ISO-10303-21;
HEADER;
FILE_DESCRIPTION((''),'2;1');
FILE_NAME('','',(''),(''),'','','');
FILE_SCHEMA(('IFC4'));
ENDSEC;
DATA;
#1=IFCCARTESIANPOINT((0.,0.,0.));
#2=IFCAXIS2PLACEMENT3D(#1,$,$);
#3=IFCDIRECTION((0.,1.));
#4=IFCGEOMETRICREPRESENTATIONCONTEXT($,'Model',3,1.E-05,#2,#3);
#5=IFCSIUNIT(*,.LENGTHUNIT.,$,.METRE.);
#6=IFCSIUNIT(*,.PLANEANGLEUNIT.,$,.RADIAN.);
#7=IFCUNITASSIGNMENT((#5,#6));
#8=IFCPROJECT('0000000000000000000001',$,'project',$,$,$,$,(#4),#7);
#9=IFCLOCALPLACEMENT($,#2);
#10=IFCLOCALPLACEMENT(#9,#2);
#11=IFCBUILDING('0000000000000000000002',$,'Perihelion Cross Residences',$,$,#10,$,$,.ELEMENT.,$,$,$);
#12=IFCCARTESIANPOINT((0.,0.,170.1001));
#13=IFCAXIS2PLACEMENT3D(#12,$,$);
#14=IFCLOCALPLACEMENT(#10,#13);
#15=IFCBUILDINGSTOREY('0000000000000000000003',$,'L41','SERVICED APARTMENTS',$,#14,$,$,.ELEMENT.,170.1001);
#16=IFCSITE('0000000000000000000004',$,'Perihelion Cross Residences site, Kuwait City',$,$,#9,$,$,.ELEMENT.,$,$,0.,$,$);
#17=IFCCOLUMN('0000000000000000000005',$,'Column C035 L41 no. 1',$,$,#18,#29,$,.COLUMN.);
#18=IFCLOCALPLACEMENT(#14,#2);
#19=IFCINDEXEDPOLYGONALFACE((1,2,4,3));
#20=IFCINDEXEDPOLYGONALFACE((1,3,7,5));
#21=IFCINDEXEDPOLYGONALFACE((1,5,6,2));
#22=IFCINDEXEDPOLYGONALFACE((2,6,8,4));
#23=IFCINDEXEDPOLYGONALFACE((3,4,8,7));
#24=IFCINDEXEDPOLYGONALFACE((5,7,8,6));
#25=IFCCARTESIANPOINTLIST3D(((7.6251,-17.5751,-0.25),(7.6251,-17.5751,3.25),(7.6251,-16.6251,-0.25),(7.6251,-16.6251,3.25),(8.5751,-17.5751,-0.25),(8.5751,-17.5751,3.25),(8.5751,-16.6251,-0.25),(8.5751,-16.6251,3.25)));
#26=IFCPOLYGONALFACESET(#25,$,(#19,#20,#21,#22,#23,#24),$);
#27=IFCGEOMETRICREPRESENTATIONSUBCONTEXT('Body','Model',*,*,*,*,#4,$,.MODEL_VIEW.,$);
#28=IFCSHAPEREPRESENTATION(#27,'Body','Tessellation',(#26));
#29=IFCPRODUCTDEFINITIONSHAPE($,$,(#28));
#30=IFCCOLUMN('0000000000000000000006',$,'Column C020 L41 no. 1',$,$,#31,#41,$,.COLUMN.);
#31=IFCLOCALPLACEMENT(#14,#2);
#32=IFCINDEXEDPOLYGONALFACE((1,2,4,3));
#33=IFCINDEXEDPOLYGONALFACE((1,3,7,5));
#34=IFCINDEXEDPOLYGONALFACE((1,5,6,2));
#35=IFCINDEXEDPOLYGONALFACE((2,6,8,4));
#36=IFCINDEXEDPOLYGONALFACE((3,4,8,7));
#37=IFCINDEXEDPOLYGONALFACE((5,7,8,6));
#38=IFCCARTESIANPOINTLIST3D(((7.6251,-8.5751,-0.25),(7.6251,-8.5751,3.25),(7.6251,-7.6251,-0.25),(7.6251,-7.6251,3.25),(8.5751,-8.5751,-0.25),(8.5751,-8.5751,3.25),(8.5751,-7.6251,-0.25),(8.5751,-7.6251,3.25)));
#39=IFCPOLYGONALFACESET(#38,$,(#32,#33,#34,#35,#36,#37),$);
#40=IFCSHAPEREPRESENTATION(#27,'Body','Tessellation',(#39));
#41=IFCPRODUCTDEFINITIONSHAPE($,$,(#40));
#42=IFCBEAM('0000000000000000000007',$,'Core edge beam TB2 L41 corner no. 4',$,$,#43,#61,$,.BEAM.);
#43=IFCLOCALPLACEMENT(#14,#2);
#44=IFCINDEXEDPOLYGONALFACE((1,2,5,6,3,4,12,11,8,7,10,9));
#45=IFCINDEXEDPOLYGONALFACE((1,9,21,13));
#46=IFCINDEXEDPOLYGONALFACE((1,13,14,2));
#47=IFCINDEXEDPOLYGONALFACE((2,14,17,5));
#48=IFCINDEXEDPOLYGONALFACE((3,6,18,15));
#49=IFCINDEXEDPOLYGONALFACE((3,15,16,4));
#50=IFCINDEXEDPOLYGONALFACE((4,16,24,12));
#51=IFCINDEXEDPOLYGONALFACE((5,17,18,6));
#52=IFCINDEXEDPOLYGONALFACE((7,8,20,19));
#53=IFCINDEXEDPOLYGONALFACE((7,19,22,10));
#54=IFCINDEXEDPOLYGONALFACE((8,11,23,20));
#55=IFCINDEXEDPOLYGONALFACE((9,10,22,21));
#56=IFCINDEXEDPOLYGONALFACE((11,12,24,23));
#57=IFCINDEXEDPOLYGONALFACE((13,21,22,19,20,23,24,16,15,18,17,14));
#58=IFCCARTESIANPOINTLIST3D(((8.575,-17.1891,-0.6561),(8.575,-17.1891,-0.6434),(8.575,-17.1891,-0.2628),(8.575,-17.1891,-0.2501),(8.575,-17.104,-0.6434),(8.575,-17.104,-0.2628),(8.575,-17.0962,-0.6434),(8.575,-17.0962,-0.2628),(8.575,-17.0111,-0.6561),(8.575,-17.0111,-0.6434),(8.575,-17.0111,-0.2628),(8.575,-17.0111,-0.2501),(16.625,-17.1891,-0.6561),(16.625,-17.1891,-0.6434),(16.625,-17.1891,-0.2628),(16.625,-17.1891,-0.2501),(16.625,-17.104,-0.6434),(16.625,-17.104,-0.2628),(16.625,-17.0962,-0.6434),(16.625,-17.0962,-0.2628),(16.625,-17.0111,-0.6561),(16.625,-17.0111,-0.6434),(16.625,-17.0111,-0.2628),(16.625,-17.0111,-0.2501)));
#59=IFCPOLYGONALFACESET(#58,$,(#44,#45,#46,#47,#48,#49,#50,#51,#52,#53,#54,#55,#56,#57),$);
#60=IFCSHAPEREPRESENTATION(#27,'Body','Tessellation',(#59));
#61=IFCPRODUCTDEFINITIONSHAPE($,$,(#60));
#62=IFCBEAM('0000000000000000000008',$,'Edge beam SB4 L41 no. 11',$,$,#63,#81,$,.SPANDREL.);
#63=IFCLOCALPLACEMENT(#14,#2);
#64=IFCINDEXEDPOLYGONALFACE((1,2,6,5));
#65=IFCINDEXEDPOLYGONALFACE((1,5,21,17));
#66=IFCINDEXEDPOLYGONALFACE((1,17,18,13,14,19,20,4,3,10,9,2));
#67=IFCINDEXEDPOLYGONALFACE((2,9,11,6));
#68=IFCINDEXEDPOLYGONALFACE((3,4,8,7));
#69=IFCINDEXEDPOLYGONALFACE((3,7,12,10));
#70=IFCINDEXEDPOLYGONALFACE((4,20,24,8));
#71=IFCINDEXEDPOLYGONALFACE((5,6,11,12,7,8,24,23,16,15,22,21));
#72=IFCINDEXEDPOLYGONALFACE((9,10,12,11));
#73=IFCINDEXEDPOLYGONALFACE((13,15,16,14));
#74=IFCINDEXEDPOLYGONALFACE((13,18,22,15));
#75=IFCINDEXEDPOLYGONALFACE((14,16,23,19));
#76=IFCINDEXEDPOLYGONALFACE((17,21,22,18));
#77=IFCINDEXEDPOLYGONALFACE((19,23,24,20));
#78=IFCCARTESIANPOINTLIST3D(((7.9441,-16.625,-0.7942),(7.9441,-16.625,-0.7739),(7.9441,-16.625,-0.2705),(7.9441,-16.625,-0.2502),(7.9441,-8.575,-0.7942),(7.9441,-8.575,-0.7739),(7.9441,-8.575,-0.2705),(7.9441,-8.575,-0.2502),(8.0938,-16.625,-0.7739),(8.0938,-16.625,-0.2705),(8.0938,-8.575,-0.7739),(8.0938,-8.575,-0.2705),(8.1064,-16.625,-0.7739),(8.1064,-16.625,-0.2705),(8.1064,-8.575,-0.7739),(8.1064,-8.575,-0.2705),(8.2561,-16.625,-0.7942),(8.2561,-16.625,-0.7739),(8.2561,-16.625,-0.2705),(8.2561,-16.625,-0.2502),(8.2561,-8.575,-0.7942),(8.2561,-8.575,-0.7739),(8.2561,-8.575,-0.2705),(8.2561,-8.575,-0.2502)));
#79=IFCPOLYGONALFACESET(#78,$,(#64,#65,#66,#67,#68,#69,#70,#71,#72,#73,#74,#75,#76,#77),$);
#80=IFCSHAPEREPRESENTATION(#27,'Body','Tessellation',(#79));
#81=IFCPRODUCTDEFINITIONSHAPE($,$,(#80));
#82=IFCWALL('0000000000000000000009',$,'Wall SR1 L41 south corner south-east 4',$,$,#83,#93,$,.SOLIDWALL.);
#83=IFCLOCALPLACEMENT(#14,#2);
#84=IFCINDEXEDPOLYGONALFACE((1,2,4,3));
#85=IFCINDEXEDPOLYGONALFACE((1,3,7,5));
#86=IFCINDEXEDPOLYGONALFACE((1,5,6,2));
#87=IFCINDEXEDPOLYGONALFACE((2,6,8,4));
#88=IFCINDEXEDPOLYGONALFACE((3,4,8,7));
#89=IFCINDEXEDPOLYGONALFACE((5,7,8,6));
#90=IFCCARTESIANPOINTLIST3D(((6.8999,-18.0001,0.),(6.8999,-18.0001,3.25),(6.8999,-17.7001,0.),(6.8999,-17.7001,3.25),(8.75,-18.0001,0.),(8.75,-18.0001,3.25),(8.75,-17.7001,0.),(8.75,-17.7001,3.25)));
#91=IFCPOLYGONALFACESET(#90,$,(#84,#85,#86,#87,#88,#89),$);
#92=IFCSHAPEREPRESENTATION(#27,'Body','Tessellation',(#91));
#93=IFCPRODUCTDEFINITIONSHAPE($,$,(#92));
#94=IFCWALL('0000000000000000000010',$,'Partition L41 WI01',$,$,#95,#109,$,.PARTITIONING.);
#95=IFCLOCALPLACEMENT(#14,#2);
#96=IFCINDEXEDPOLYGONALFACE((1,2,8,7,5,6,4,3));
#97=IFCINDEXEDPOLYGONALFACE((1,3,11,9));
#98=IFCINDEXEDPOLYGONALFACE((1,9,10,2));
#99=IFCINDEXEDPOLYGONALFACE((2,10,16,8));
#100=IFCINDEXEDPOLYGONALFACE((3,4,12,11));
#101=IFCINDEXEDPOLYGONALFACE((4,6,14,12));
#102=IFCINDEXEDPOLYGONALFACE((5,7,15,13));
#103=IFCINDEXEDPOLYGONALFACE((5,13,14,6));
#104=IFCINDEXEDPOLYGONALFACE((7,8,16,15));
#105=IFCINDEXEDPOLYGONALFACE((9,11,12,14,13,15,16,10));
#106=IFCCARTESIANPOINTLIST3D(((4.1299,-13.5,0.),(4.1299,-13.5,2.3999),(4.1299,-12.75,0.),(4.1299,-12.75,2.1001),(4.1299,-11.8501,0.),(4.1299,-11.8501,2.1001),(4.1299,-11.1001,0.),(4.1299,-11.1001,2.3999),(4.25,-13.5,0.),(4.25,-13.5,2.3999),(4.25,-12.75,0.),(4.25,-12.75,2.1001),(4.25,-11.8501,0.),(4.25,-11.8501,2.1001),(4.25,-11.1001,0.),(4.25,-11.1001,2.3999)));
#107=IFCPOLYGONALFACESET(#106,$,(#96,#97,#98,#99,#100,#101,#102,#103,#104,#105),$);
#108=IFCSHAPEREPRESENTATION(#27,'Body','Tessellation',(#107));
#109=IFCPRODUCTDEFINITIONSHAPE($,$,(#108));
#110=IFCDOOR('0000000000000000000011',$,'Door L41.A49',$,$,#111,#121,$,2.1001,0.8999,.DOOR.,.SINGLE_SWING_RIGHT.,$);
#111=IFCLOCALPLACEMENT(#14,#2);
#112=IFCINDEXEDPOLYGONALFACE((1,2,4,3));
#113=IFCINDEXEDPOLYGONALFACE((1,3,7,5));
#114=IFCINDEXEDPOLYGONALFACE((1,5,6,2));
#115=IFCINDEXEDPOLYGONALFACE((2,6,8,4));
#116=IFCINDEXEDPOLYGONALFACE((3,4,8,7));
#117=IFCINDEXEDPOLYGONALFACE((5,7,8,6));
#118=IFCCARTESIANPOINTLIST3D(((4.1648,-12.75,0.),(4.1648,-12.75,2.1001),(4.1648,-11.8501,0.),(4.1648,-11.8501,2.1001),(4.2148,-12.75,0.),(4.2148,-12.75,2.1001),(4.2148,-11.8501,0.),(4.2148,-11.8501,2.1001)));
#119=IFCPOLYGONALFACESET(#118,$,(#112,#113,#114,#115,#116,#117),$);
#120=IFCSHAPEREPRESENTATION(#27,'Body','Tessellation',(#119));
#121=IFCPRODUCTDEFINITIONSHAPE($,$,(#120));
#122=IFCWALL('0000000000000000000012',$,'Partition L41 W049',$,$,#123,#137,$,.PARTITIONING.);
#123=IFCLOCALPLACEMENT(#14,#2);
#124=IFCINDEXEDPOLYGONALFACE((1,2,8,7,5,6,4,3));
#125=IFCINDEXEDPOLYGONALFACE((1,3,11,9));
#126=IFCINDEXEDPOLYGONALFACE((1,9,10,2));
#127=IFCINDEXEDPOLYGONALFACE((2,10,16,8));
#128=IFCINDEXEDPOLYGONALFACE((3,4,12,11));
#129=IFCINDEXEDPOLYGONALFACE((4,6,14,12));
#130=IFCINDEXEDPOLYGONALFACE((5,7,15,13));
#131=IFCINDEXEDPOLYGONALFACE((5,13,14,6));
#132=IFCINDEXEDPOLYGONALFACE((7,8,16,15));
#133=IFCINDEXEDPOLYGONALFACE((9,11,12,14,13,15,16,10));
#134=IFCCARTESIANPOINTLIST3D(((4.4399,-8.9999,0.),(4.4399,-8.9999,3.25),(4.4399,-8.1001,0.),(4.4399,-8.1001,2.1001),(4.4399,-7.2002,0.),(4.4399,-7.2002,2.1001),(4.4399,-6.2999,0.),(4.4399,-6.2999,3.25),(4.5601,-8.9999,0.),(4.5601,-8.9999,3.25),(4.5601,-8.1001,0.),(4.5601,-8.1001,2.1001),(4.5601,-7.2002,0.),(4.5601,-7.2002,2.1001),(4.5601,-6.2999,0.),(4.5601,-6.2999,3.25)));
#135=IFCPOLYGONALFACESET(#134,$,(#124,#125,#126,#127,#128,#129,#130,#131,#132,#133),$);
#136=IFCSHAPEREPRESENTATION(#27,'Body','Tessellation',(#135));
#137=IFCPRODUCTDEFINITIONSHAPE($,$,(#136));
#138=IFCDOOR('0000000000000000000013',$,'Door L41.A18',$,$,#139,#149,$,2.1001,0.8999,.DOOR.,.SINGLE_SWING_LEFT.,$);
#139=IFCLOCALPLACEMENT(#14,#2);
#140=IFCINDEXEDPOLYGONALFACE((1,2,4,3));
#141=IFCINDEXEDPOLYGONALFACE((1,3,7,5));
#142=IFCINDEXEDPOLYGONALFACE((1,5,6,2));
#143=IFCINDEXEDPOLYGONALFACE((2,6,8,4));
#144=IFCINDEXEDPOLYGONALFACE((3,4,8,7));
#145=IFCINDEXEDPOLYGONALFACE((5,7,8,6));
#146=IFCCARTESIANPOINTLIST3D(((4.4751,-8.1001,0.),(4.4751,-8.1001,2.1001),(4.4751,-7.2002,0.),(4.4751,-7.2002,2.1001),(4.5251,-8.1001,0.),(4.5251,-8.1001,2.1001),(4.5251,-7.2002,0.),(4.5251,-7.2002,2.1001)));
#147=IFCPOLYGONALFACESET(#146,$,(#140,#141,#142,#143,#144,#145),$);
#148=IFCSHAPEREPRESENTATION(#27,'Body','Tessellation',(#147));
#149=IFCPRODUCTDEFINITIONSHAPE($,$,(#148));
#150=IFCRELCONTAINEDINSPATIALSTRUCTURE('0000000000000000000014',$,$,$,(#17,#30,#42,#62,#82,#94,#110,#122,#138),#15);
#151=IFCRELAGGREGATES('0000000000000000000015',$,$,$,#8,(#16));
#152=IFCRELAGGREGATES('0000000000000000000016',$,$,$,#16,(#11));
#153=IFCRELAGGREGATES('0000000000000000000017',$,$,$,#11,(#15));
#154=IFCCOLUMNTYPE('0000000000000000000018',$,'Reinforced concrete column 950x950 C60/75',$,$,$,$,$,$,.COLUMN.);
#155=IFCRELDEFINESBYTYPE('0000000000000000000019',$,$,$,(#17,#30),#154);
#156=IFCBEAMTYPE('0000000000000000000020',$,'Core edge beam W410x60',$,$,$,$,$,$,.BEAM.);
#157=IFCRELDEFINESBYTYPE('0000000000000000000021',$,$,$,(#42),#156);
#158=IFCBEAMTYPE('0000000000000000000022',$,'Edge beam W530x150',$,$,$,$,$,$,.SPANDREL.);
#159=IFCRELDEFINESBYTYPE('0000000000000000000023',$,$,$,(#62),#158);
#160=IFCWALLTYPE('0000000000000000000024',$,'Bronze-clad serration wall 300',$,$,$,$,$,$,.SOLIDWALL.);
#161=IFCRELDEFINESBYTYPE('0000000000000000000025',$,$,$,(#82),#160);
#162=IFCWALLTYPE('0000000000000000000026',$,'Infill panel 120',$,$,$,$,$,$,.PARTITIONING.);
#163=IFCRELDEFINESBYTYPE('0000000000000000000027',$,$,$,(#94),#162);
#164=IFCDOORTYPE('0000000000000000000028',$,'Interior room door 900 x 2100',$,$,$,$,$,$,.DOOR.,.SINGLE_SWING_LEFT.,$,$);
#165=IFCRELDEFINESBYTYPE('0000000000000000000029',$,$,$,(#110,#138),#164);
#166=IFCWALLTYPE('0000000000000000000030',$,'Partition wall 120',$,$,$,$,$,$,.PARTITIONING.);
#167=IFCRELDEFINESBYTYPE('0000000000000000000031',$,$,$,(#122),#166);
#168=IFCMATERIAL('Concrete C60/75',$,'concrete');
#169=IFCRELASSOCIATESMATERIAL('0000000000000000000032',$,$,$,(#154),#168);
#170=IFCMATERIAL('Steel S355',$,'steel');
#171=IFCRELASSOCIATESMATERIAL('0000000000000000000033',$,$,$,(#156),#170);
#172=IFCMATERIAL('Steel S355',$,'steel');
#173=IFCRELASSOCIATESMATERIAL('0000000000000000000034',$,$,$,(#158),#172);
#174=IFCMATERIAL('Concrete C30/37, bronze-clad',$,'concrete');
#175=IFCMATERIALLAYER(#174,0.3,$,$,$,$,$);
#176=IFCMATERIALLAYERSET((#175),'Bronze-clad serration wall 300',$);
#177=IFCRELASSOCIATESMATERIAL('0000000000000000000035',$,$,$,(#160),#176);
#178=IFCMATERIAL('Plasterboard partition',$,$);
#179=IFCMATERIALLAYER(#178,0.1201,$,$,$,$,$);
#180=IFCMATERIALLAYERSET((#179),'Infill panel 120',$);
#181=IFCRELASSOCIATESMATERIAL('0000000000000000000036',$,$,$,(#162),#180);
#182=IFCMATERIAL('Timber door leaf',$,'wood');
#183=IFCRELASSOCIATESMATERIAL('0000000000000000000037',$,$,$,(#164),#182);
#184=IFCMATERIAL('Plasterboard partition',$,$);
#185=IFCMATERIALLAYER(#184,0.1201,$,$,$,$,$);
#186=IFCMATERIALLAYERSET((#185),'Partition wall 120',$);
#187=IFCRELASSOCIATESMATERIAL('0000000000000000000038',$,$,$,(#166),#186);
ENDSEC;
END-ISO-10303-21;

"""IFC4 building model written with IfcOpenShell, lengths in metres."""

from ifc_helpers import new_model, si_unit, direction, frame, frame_2d, origin, origin_2d, place, context, subcontext, project, spatial, rectangle, i_section, extrude, material, layer, layer_set, material_profile, profile_set, type_object, element, fill, save


model = new_model("IFC4")

# Units and contexts
model_context = context("Model", 3, precision=1e-05, world=origin(), true_north=direction((0.0, 1.0)))
body_context = subcontext(model_context, "Body", "Model", "MODEL_VIEW")
ifc_project = project(units=[si_unit("LENGTHUNIT", "METRE"), si_unit("PLANEANGLEUNIT", "RADIAN")], contexts=[model_context])

# Site, building, storey
site_placement = place(None, origin())
site = spatial("IfcSite", under=ifc_project, at=site_placement, Name="Perihelion Cross Residences site, Kuwait City", CompositionType="ELEMENT", RefElevation=0.0)
building_placement = place(site_placement, origin())
building = spatial("IfcBuilding", under=site, at=building_placement, Name="Perihelion Cross Residences", CompositionType="ELEMENT")
storey_placement = place(building_placement, frame((0.0, 0.0, 170.1001)))
storey = spatial("IfcBuildingStorey", under=building, at=storey_placement, Name="L41", Description="SERVICED APARTMENTS", CompositionType="ELEMENT", Elevation=170.1001)

# Columns
ifc_material_1 = material(Name="Concrete C60/75", Category="concrete")
ifc_material_profile_1 = material_profile(ifc_material_1, rectangle(XDim=0.95, YDim=0.95, at=origin_2d()), Name="RC 950x950")
ifc_profile_set_1 = profile_set([ifc_material_profile_1], Name="Concrete C60/75")
column_type = type_object("IfcColumnType", Name="Reinforced concrete column 950x950 C60/75", PredefinedType="COLUMN", material=ifc_profile_set_1)
for number, where, z_axis, x_axis, name in (
    (1, (8.1001, -17.1001, -0.25), (0.0, 0.0, 1.0), (1.0, 0.0, 0.0), "Column C035 L41 no. 1"),
    (2, (8.1001, -8.1001, -0.25), (0.0, 0.0, 1.0), (1.0, 0.0, 0.0), "Column C020 L41 no. 1"),
):
    element("IfcColumn", number, at=place(storey_placement, frame(where, z_axis=z_axis, x_axis=x_axis)), inside=storey, type_object=column_type, Name=name, PredefinedType="COLUMN", context=body_context, shape_type="SweptSolid", body=[
        extrude(rectangle(XDim=0.95, YDim=0.95, at=origin_2d()), origin(), (0.0, 0.0, 1.0), 3.5),
    ])

# Beams
ifc_material_2 = material(Name="Steel S355", Category="steel")
ifc_material_profile_2 = material_profile(ifc_material_2, i_section(OverallWidth=0.178, OverallDepth=0.406, WebThickness=0.0078, FlangeThickness=0.0127, at=origin_2d()), Name="W410x60")
ifc_profile_set_2 = profile_set([ifc_material_profile_2], Name="Steel S355")
beam_type_1 = type_object("IfcBeamType", Name="Core edge beam W410x60", PredefinedType="BEAM", material=ifc_profile_set_2)
beam_1_placement = place(storey_placement, frame((8.575, -17.1001, -0.4531), z_axis=(1.0, 0.0, 0.0), x_axis=(0.0, 1.0, 0.0)))
element("IfcBeam", 3, at=beam_1_placement, inside=storey, type_object=beam_type_1, Name="Core edge beam TB2 L41 corner no. 4", PredefinedType="BEAM", context=body_context, shape_type="SweptSolid", body=[
    extrude(i_section(OverallWidth=0.178, OverallDepth=0.406, WebThickness=0.0078, FlangeThickness=0.0127, at=origin_2d()), origin(), (0.0, 0.0, 1.0), 8.05),
])
ifc_material_3 = material(Name="Steel S355", Category="steel")
ifc_material_profile_3 = material_profile(ifc_material_3, i_section(OverallWidth=0.312, OverallDepth=0.5439, WebThickness=0.0127, FlangeThickness=0.0203, at=origin_2d()), Name="W530x150")
ifc_profile_set_3 = profile_set([ifc_material_profile_3], Name="Steel S355")
beam_type_2 = type_object("IfcBeamType", Name="Edge beam W530x150", PredefinedType="SPANDREL", material=ifc_profile_set_3)
beam_2_placement = place(storey_placement, frame((8.1001, -16.625, -0.5222), z_axis=(0.0, 1.0, 0.0), x_axis=(-1.0, 0.0, 0.0)))
element("IfcBeam", 4, at=beam_2_placement, inside=storey, type_object=beam_type_2, Name="Edge beam SB4 L41 no. 11", PredefinedType="SPANDREL", context=body_context, shape_type="SweptSolid", body=[
    extrude(i_section(OverallWidth=0.312, OverallDepth=0.5439, WebThickness=0.0127, FlangeThickness=0.0203, at=origin_2d()), origin(), (0.0, 0.0, 1.0), 8.05),
])

# Wall
ifc_material_4 = material(Name="Concrete C30/37, bronze-clad", Category="concrete")
ifc_layer_1 = layer(ifc_material_4, 0.3)
ifc_layer_set_1 = layer_set([ifc_layer_1], Name="Bronze-clad serration wall 300")
wall_type_1 = type_object("IfcWallType", Name="Bronze-clad serration wall 300", PredefinedType="SOLIDWALL", material=ifc_layer_set_1)
wall_1_placement = place(storey_placement, frame((6.8999, -17.8501, 0.0), z_axis=(0.0, 0.0, 1.0), x_axis=(1.0, 0.0, 0.0)))
element("IfcWall", 5, at=wall_1_placement, inside=storey, type_object=wall_type_1, Name="Wall SR1 L41 south corner south-east 4", PredefinedType="SOLIDWALL", context=body_context, shape_type="SweptSolid", body=[
    extrude(rectangle(XDim=1.8501, YDim=0.3, at=frame_2d((0.925, 0.0))), origin(), (0.0, 0.0, 1.0), 3.25),
])

# Walls, openings, doors
ifc_material_5 = material(Name="Plasterboard partition")
ifc_layer_2 = layer(ifc_material_5, 0.1201)
ifc_layer_set_2 = layer_set([ifc_layer_2], Name="Infill panel 120")
wall_type_2 = type_object("IfcWallType", Name="Infill panel 120", PredefinedType="PARTITIONING", material=ifc_layer_set_2)
wall_2_placement = place(storey_placement, frame((4.1899, -11.1001, 0.0), z_axis=(0.0, 0.0, 1.0), x_axis=(0.0, -1.0, 0.0)))
wall_2 = element("IfcWall", 6, at=wall_2_placement, inside=storey, type_object=wall_type_2, Name="Partition L41 WI01", PredefinedType="PARTITIONING", context=body_context, shape_type="SweptSolid", body=[
    extrude(rectangle(XDim=2.3999, YDim=0.1201, at=frame_2d((1.2, 0.0))), origin(), (0.0, 0.0, 1.0), 2.3999),
])
opening_1_placement = place(wall_2_placement, frame((0.75, 0.0, 0.0)))
opening_1 = element("IfcOpeningElement", 7, at=opening_1_placement, cuts=wall_2, PredefinedType="OPENING", context=body_context, shape_type="SweptSolid", body=[
    extrude(rectangle(XDim=0.8999, YDim=2.1001, at=frame_2d((0.45, 1.05))), frame((0.0, 0.0701, 0.0), z_axis=(0.0, -1.0, 0.0), x_axis=(1.0, 0.0, 0.0)), (0.0, 0.0, 1.0), 0.1401),
])
ifc_material_6 = material(Name="Timber door leaf", Category="wood")
door_type_1 = type_object("IfcDoorType", Name="Interior room door 900 x 2100", OperationType="SINGLE_SWING_LEFT", PredefinedType="DOOR", material=ifc_material_6)
door_1_placement = place(opening_1_placement, origin())
door_1 = element("IfcDoor", 8, at=door_1_placement, inside=storey, type_object=door_type_1, Name="Door L41.A49", OperationType="SINGLE_SWING_RIGHT", OverallHeight=2.1001, OverallWidth=0.8999, PredefinedType="DOOR", context=body_context, shape_type="SweptSolid", body=[
    extrude(rectangle(XDim=0.8999, YDim=2.1001, at=frame_2d((0.45, 1.05))), frame((0.0, 0.0249, 0.0), z_axis=(0.0, -1.0, 0.0), x_axis=(1.0, 0.0, 0.0)), (0.0, 0.0, 1.0), 0.05),
])
fill(opening_1, door_1)
ifc_material_7 = material(Name="Plasterboard partition")
ifc_layer_3 = layer(ifc_material_7, 0.1201)
ifc_layer_set_3 = layer_set([ifc_layer_3], Name="Partition wall 120")
wall_type_3 = type_object("IfcWallType", Name="Partition wall 120", PredefinedType="PARTITIONING", material=ifc_layer_set_3)
wall_3_placement = place(storey_placement, frame((4.5, -9.0, 0.0), z_axis=(0.0, 0.0, 1.0), x_axis=(0.0, 1.0, 0.0)))
wall_3 = element("IfcWall", 9, at=wall_3_placement, inside=storey, type_object=wall_type_3, Name="Partition L41 W049", PredefinedType="PARTITIONING", context=body_context, shape_type="SweptSolid", body=[
    extrude(rectangle(XDim=2.7, YDim=0.1201, at=frame_2d((1.3501, 0.0))), origin(), (0.0, 0.0, 1.0), 3.25),
])
opening_2_placement = place(wall_3_placement, frame((0.8999, 0.0, 0.0)))
opening_2 = element("IfcOpeningElement", 10, at=opening_2_placement, cuts=wall_3, PredefinedType="OPENING", context=body_context, shape_type="SweptSolid", body=[
    extrude(rectangle(XDim=0.8999, YDim=2.1001, at=frame_2d((0.45, 1.05))), frame((0.0, 0.0701, 0.0), z_axis=(0.0, -1.0, 0.0), x_axis=(1.0, 0.0, 0.0)), (0.0, 0.0, 1.0), 0.1401),
])
door_2_placement = place(opening_2_placement, origin())
door_2 = element("IfcDoor", 11, at=door_2_placement, inside=storey, type_object=door_type_1, Name="Door L41.A18", OperationType="SINGLE_SWING_LEFT", OverallHeight=2.1001, OverallWidth=0.8999, PredefinedType="DOOR", context=body_context, shape_type="SweptSolid", body=[
    extrude(rectangle(XDim=0.8999, YDim=2.1001, at=frame_2d((0.45, 1.05))), frame((0.0, 0.0249, 0.0), z_axis=(0.0, -1.0, 0.0), x_axis=(1.0, 0.0, 0.0)), (0.0, 0.0, 1.0), 0.05),
])
fill(opening_2, door_2)

save(model, "model.ifc")
